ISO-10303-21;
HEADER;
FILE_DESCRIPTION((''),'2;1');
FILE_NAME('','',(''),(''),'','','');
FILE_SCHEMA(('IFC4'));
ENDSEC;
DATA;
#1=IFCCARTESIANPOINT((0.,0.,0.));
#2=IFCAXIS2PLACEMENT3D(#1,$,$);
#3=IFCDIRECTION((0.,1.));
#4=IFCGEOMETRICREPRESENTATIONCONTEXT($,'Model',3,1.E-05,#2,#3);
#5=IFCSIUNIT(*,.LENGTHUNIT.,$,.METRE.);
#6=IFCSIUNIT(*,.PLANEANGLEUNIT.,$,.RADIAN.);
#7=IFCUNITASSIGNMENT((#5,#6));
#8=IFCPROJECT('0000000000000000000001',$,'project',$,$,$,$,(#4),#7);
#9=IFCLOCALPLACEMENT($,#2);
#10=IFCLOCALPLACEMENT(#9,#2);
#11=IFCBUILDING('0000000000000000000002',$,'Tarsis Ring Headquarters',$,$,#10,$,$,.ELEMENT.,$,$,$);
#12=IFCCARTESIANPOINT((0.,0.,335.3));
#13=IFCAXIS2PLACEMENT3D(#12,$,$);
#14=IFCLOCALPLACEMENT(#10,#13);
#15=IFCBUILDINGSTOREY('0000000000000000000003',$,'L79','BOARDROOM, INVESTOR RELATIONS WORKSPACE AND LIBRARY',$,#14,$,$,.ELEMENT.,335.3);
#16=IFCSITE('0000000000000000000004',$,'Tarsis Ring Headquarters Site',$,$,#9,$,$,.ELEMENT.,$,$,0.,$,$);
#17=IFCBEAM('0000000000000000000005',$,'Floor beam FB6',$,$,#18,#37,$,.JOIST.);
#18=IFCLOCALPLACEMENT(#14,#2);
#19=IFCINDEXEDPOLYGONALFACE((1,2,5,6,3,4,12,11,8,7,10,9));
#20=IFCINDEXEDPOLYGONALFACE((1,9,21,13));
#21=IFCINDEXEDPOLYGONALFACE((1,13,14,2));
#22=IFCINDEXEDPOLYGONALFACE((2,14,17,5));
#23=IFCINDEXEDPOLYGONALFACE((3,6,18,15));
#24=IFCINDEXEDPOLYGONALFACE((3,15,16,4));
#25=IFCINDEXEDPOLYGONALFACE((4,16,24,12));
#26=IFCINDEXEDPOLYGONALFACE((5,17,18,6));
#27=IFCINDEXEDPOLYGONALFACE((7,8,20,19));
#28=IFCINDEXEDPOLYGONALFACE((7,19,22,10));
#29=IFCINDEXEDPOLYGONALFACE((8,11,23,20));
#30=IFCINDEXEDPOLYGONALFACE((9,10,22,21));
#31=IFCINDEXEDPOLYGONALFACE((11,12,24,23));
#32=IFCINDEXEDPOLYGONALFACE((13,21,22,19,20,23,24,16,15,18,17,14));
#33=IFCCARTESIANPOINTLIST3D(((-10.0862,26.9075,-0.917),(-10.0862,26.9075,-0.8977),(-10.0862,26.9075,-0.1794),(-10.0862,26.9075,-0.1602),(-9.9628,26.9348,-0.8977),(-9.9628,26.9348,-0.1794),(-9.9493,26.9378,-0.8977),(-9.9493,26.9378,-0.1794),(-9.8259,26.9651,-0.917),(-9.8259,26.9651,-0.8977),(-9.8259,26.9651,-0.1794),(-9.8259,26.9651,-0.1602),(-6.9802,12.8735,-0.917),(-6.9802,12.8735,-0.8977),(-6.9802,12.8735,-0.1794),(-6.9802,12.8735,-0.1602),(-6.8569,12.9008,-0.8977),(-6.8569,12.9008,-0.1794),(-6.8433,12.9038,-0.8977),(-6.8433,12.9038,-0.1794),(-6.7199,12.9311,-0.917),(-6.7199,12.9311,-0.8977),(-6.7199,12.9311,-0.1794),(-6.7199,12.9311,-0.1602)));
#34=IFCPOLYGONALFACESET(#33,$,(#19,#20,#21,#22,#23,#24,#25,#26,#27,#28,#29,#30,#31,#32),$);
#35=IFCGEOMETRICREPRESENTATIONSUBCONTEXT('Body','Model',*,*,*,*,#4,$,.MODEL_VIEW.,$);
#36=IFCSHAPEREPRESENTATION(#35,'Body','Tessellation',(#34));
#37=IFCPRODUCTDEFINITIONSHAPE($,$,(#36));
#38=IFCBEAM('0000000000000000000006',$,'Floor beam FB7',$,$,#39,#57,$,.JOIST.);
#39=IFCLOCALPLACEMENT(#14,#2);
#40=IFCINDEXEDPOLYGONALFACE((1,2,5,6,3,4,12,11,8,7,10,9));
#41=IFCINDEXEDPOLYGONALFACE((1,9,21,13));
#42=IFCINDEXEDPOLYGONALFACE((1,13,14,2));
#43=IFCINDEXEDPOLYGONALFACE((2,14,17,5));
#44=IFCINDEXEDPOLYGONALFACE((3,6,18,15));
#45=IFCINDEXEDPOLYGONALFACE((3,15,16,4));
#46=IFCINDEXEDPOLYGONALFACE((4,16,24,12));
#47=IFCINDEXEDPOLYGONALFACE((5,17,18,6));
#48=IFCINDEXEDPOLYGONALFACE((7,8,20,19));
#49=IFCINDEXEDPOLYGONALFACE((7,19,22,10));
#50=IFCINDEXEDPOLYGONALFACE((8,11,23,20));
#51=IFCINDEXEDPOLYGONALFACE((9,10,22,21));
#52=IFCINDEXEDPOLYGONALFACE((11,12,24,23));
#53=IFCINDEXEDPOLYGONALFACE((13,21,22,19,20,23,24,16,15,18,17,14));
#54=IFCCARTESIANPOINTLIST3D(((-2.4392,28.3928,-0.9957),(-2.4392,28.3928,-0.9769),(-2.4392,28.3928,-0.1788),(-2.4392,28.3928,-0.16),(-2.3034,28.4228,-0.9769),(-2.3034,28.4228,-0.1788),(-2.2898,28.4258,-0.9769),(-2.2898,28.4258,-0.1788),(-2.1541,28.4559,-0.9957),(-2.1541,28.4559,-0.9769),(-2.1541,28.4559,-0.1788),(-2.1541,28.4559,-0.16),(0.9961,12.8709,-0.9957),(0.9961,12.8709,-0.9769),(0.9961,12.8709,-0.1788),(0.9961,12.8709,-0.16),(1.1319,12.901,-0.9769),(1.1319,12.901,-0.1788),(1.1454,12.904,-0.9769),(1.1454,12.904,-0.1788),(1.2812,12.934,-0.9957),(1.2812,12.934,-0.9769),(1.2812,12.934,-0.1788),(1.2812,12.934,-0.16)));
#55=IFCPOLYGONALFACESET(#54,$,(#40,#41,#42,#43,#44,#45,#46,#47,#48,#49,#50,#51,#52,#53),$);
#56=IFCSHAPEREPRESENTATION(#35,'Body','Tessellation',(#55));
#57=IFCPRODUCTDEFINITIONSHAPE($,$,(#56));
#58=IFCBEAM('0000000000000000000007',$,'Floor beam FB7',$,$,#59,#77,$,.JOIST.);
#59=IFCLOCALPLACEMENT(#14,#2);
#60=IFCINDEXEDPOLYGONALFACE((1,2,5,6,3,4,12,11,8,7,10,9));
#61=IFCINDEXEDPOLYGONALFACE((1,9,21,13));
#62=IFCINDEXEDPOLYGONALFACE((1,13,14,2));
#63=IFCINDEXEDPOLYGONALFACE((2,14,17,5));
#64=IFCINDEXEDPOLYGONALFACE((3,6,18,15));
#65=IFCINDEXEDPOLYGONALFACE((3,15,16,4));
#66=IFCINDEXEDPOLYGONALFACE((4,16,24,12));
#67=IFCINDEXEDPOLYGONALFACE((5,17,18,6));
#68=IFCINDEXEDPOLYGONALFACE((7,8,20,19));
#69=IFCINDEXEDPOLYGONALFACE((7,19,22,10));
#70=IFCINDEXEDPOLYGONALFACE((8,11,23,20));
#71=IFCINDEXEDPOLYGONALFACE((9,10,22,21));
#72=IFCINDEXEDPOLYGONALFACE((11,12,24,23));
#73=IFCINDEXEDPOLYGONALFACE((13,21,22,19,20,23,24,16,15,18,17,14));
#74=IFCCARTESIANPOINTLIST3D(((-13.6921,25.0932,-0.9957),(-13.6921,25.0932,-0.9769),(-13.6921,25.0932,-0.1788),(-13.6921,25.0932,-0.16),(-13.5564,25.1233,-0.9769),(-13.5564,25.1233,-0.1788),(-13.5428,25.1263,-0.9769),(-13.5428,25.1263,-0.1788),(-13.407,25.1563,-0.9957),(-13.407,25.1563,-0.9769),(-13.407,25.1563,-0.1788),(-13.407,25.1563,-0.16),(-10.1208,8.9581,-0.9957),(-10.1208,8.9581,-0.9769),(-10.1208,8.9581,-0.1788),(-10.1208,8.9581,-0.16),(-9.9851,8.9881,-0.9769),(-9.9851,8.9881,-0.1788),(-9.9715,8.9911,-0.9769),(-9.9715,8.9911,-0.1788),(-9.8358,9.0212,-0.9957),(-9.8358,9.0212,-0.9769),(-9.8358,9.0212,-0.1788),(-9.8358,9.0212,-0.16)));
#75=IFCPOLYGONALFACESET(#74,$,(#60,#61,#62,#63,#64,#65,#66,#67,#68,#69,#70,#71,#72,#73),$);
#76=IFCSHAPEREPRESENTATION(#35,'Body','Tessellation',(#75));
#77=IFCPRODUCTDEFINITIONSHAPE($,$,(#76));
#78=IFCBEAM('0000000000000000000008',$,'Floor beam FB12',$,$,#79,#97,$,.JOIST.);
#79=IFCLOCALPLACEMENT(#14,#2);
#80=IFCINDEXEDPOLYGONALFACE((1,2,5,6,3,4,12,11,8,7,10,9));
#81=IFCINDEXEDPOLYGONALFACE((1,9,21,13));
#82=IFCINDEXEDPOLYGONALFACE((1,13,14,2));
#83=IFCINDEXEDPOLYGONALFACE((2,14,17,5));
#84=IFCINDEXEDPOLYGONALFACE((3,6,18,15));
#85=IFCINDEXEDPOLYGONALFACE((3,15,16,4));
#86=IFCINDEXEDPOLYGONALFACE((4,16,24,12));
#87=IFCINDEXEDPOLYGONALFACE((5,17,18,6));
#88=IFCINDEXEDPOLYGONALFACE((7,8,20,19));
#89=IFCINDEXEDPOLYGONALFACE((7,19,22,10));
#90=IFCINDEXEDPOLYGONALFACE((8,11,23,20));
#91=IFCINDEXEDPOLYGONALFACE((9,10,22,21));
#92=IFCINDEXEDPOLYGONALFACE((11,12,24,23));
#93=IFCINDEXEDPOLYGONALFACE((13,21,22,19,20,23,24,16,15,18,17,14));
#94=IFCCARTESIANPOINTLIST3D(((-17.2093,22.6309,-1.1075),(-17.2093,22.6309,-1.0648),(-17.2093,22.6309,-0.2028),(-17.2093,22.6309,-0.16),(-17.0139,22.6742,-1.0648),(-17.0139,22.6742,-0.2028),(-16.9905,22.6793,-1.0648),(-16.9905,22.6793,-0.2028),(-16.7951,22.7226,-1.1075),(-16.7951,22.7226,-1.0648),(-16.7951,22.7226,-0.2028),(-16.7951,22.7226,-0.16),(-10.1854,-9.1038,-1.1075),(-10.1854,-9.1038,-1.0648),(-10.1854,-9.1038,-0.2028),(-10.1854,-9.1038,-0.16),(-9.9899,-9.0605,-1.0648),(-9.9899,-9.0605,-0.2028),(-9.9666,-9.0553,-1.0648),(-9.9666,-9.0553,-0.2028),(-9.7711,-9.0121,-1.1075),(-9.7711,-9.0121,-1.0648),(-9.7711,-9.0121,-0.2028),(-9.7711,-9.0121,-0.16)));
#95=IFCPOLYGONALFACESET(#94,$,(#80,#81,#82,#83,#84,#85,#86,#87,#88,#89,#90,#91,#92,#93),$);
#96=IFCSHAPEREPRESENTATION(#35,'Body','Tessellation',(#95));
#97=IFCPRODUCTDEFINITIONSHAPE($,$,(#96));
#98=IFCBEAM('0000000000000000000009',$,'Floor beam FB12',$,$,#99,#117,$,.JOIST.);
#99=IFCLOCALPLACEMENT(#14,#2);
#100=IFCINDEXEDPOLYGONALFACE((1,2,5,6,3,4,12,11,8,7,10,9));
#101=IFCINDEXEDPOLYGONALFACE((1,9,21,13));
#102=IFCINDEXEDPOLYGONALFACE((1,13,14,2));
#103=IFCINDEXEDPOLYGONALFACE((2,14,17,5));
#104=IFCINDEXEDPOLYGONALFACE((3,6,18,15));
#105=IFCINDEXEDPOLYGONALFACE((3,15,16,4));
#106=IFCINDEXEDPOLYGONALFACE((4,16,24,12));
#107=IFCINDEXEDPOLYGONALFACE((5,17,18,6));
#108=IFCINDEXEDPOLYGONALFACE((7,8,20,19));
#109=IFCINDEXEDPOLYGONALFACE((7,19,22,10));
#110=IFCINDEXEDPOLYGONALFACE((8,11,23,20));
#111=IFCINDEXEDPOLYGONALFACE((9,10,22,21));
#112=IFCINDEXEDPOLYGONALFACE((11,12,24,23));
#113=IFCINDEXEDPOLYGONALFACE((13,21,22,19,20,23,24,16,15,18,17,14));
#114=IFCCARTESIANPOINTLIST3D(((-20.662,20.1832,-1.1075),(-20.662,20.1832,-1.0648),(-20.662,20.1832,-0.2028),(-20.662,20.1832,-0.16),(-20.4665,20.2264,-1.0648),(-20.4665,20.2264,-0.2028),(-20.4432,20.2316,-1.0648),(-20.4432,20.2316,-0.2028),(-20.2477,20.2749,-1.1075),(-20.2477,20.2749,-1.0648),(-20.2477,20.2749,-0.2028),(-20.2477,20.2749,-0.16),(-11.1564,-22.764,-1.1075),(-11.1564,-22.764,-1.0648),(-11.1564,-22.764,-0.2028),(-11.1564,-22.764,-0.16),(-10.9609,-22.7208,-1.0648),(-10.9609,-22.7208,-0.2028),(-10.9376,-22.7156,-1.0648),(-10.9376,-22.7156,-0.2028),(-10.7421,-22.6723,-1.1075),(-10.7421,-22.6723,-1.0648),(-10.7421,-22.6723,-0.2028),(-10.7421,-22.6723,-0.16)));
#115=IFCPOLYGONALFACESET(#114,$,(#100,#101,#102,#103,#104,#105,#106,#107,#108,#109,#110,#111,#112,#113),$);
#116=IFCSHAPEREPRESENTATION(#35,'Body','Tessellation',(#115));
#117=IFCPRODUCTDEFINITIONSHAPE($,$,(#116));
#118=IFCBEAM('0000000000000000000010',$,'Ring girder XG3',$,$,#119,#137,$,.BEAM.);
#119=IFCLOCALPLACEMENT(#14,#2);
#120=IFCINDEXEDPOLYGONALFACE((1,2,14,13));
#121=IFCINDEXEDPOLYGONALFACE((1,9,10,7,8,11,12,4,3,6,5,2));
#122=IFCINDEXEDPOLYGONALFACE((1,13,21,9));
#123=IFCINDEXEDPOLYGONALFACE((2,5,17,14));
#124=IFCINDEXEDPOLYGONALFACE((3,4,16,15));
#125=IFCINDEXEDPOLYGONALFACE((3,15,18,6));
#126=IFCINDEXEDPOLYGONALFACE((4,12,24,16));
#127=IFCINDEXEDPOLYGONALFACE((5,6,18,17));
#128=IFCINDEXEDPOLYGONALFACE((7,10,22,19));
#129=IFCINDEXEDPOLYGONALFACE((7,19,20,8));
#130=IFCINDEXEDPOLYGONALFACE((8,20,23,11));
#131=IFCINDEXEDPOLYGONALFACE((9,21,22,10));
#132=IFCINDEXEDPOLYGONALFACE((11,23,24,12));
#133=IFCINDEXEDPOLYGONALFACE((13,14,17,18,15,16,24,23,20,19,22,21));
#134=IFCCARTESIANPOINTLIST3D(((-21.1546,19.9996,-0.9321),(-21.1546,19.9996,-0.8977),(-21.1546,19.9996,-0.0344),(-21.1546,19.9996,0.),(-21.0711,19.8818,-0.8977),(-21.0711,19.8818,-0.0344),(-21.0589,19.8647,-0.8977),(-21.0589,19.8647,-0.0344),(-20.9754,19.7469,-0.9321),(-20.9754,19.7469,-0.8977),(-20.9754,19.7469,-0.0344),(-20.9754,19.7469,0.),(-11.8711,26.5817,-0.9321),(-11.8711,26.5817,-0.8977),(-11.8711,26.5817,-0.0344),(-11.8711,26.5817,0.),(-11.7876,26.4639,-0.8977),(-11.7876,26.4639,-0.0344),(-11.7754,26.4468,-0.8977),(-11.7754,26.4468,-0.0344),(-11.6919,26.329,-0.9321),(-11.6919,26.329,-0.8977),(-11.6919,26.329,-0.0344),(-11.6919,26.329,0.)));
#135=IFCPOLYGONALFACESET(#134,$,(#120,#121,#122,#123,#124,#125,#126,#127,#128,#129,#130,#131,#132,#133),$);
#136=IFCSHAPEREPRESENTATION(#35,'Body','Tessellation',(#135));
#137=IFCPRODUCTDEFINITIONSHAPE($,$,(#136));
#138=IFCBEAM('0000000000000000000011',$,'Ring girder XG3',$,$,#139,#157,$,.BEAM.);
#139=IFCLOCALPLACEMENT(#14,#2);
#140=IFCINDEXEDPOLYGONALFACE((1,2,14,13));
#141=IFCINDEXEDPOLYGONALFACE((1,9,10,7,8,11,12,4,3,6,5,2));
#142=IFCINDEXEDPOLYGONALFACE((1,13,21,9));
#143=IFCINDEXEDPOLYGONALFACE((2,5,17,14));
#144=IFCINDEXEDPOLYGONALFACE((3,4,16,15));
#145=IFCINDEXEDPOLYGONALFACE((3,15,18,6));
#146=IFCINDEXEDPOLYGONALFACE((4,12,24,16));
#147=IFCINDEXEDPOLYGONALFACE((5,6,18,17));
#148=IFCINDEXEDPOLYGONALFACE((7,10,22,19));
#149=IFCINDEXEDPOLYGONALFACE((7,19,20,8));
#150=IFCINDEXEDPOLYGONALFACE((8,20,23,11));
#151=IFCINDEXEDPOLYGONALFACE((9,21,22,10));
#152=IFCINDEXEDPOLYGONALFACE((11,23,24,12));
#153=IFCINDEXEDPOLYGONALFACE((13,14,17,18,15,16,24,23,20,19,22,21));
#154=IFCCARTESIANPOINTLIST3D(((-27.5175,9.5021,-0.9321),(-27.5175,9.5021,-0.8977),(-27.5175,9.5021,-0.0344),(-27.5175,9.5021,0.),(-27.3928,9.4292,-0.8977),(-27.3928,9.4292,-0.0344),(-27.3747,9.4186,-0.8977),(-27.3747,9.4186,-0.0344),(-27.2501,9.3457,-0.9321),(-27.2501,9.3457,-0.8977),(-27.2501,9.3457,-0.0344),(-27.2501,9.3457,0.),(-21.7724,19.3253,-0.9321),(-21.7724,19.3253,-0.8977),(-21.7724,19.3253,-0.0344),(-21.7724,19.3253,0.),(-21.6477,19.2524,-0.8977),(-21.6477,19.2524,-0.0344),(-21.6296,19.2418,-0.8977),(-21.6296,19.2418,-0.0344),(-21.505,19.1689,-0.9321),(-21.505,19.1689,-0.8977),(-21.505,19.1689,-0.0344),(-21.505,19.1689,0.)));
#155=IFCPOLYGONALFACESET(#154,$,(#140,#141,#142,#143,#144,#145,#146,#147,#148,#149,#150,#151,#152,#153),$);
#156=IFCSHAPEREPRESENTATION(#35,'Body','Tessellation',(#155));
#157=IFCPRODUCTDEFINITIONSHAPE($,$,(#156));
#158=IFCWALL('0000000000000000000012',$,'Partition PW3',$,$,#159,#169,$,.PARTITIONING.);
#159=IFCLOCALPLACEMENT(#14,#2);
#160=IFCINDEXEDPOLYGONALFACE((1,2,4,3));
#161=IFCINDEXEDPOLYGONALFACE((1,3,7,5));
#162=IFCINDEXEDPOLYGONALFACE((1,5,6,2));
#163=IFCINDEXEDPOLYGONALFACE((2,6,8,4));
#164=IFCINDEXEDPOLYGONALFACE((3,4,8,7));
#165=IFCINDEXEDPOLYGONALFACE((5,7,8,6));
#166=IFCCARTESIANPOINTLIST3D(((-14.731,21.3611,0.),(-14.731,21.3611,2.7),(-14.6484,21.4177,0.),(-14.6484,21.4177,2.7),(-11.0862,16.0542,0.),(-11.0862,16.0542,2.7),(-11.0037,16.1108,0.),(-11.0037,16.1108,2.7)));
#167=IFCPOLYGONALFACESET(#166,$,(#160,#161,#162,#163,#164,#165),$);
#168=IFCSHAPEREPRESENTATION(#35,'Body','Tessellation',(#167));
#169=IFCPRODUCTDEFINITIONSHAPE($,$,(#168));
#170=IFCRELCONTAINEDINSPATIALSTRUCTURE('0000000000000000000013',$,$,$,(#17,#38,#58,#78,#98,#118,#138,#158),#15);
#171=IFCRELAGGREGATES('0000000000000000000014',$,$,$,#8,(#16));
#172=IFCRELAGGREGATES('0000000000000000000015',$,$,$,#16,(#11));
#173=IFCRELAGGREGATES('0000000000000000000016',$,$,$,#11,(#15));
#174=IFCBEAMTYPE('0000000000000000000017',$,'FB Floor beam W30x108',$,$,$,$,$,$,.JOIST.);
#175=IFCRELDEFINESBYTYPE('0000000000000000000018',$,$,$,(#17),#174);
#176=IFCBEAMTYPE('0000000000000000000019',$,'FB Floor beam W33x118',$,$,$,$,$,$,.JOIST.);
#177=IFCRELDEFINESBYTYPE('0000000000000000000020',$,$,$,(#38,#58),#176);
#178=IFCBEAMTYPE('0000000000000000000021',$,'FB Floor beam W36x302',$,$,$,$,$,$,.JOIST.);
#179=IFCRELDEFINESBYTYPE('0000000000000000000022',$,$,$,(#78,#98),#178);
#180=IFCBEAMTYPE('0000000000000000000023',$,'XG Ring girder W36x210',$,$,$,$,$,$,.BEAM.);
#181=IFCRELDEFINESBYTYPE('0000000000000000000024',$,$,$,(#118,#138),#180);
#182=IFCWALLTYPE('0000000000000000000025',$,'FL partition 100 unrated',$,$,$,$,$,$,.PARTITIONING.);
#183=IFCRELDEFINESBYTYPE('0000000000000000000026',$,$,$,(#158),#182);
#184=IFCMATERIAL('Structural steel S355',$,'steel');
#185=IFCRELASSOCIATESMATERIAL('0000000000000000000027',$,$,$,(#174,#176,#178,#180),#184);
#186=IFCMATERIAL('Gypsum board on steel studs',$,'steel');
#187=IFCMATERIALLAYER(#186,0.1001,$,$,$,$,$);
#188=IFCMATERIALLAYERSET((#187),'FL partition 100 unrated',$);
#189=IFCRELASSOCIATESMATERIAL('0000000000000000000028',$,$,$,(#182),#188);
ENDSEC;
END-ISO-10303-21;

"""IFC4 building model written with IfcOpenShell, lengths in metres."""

from ifc_helpers import new_model, si_unit, direction, frame, frame_2d, origin, origin_2d, place, context, subcontext, project, spatial, rectangle, i_section, extrude, material, layer, layer_set, material_profile, profile_set, type_object, element, save


model = new_model("IFC4")

# Units and contexts
model_context = context("Model", 3, precision=1e-05, world=origin(), true_north=direction((0.0, 1.0)))
body_context = subcontext(model_context, "Body", "Model", "MODEL_VIEW")
ifc_project = project(units=[si_unit("LENGTHUNIT", "METRE"), si_unit("PLANEANGLEUNIT", "RADIAN")], contexts=[model_context])

# Site, building, storey
site_placement = place(None, origin())
site = spatial("IfcSite", under=ifc_project, at=site_placement, Name="Tarsis Ring Headquarters Site", CompositionType="ELEMENT", RefElevation=0.0)
building_placement = place(site_placement, origin())
building = spatial("IfcBuilding", under=site, at=building_placement, Name="Tarsis Ring Headquarters", CompositionType="ELEMENT")
storey_placement = place(building_placement, frame((0.0, 0.0, 335.3)))
storey = spatial("IfcBuildingStorey", under=building, at=storey_placement, Name="L79", Description="BOARDROOM, INVESTOR RELATIONS WORKSPACE AND LIBRARY", CompositionType="ELEMENT", Elevation=335.3)

# Shared definitions
ifc_material_1 = material(Name="Structural steel S355", Category="steel")

# Beams
ifc_material_profile_1 = material_profile(ifc_material_1, i_section(OverallWidth=0.2666, OverallDepth=0.7568, WebThickness=0.0139, FlangeThickness=0.0193, at=origin_2d()), Name="W30x108")
ifc_profile_set_1 = profile_set([ifc_material_profile_1], Name="Structural steel S355")
beam_type_1 = type_object("IfcBeamType", Name="FB Floor beam W30x108", PredefinedType="JOIST", material=ifc_profile_set_1)
beam_1_placement = place(storey_placement, frame((-9.9561, 26.9363, -0.5386), z_axis=(0.216089, -0.976374, 0.0), x_axis=(0.976374, 0.216089, 0.0)))
element("IfcBeam", 1, at=beam_1_placement, inside=storey, type_object=beam_type_1, Name="Floor beam FB6", PredefinedType="JOIST", context=body_context, shape_type="SweptSolid", body=[
    extrude(i_section(OverallWidth=0.2666, OverallDepth=0.7568, WebThickness=0.0139, FlangeThickness=0.0193, at=origin_2d()), origin(), (0.0, 0.0, 1.0), 14.3735),
])
ifc_material_profile_2 = material_profile(ifc_material_1, i_section(OverallWidth=0.292, OverallDepth=0.8357, WebThickness=0.0139, FlangeThickness=0.0188, at=origin_2d()), Name="W33x118")
ifc_profile_set_2 = profile_set([ifc_material_profile_2], Name="Structural steel S355")
beam_type_2 = type_object("IfcBeamType", Name="FB Floor beam W33x118", PredefinedType="JOIST", material=ifc_profile_set_2)
beam_2_placement = place(storey_placement, frame((-2.2966, 28.4243, -0.5779), z_axis=(0.21609, -0.976374, 0.0), x_axis=(0.976374, 0.21609, 0.0)))
element("IfcBeam", 2, at=beam_2_placement, inside=storey, type_object=beam_type_2, Name="Floor beam FB7", PredefinedType="JOIST", context=body_context, shape_type="SweptSolid", body=[
    extrude(i_section(OverallWidth=0.292, OverallDepth=0.8357, WebThickness=0.0139, FlangeThickness=0.0188, at=origin_2d()), origin(), (0.0, 0.0, 1.0), 15.8975),
])
beam_3_placement = place(storey_placement, frame((-13.5496, 25.1248, -0.5779), z_axis=(0.216104, -0.97637, 0.0), x_axis=(0.97637, 0.216104, 0.0)))
element("IfcBeam", 3, at=beam_3_placement, inside=storey, type_object=beam_type_2, Name="Floor beam FB7", PredefinedType="JOIST", context=body_context, shape_type="SweptSolid", body=[
    extrude(i_section(OverallWidth=0.292, OverallDepth=0.8357, WebThickness=0.0139, FlangeThickness=0.0188, at=origin_2d()), origin(), (0.0, 0.0, 1.0), 16.5256),
])
ifc_material_profile_3 = material_profile(ifc_material_1, i_section(OverallWidth=0.4243, OverallDepth=0.9475, WebThickness=0.0239, FlangeThickness=0.0427, at=origin_2d()), Name="W36x302")
ifc_profile_set_3 = profile_set([ifc_material_profile_3], Name="Structural steel S355")
beam_type_3 = type_object("IfcBeamType", Name="FB Floor beam W36x302", PredefinedType="JOIST", material=ifc_profile_set_3)
beam_4_placement = place(storey_placement, frame((-17.0022, 22.6768, -0.6338), z_axis=(0.216103, -0.976371, 0.0), x_axis=(0.976371, 0.216103, 0.0)))
element("IfcBeam", 4, at=beam_4_placement, inside=storey, type_object=beam_type_3, Name="Floor beam FB12", PredefinedType="JOIST", context=body_context, shape_type="SweptSolid", body=[
    extrude(i_section(OverallWidth=0.4243, OverallDepth=0.9475, WebThickness=0.0239, FlangeThickness=0.0427, at=origin_2d()), origin(), (0.0, 0.0, 1.0), 32.5027),
])
beam_5_placement = place(storey_placement, frame((-20.4548, 20.229, -0.6338), z_axis=(0.216102, -0.976371, 0.0), x_axis=(0.976371, 0.216102, 0.0)))
element("IfcBeam", 5, at=beam_5_placement, inside=storey, type_object=beam_type_3, Name="Floor beam FB12", PredefinedType="JOIST", context=body_context, shape_type="SweptSolid", body=[
    extrude(i_section(OverallWidth=0.4243, OverallDepth=0.9475, WebThickness=0.0239, FlangeThickness=0.0427, at=origin_2d()), origin(), (0.0, 0.0, 1.0), 43.9866),
])
ifc_material_profile_4 = material_profile(ifc_material_1, i_section(OverallWidth=0.3098, OverallDepth=0.9321, WebThickness=0.021, FlangeThickness=0.0344, at=origin_2d()), Name="W36x210")
ifc_profile_set_4 = profile_set([ifc_material_profile_4], Name="Structural steel S355")
beam_type_4 = type_object("IfcBeamType", Name="XG Ring girder W36x210", PredefinedType="BEAM", material=ifc_profile_set_4)
beam_6_placement = place(storey_placement, frame((-11.7815, 26.4553, -0.4661), z_axis=(-0.815765, -0.578383, 0.0), x_axis=(0.578383, -0.815765, 0.0)))
element("IfcBeam", 6, at=beam_6_placement, inside=storey, type_object=beam_type_4, Name="Ring girder XG3", PredefinedType="BEAM", context=body_context, shape_type="SweptSolid", body=[
    extrude(i_section(OverallWidth=0.3098, OverallDepth=0.9321, WebThickness=0.021, FlangeThickness=0.0344, at=origin_2d()), origin(), (0.0, 0.0, 1.0), 11.3801),
])
beam_7_placement = place(storey_placement, frame((-21.6387, 19.2471, -0.4661), z_axis=(-0.504847, -0.863209, 0.0), x_axis=(0.863209, -0.504847, 0.0)))
element("IfcBeam", 7, at=beam_7_placement, inside=storey, type_object=beam_type_4, Name="Ring girder XG3", PredefinedType="BEAM", context=body_context, shape_type="SweptSolid", body=[
    extrude(i_section(OverallWidth=0.3098, OverallDepth=0.9321, WebThickness=0.021, FlangeThickness=0.0344, at=origin_2d()), origin(), (0.0, 0.0, 1.0), 11.3799),
])

# Wall
ifc_material_2 = material(Name="Gypsum board on steel studs", Category="steel")
ifc_layer_1 = layer(ifc_material_2, 0.1001)
ifc_layer_set_1 = layer_set([ifc_layer_1], Name="FL partition 100 unrated")
wall_type_1 = type_object("IfcWallType", Name="FL partition 100 unrated", PredefinedType="PARTITIONING", material=ifc_layer_set_1)
wall_1_placement = place(storey_placement, frame((-14.6897, 21.3894, 0.0), z_axis=(0.0, 0.0, 1.0), x_axis=(0.566138, -0.824311, 0.0)))
element("IfcWall", 8, at=wall_1_placement, inside=storey, type_object=wall_type_1, Name="Partition PW3", PredefinedType="PARTITIONING", context=body_context, shape_type="SweptSolid", body=[
    extrude(rectangle(XDim=6.438, YDim=0.1001, at=frame_2d((3.219, 0.0))), origin(), (0.0, 0.0, 1.0), 2.7),
])

save(model, "model.ifc")
